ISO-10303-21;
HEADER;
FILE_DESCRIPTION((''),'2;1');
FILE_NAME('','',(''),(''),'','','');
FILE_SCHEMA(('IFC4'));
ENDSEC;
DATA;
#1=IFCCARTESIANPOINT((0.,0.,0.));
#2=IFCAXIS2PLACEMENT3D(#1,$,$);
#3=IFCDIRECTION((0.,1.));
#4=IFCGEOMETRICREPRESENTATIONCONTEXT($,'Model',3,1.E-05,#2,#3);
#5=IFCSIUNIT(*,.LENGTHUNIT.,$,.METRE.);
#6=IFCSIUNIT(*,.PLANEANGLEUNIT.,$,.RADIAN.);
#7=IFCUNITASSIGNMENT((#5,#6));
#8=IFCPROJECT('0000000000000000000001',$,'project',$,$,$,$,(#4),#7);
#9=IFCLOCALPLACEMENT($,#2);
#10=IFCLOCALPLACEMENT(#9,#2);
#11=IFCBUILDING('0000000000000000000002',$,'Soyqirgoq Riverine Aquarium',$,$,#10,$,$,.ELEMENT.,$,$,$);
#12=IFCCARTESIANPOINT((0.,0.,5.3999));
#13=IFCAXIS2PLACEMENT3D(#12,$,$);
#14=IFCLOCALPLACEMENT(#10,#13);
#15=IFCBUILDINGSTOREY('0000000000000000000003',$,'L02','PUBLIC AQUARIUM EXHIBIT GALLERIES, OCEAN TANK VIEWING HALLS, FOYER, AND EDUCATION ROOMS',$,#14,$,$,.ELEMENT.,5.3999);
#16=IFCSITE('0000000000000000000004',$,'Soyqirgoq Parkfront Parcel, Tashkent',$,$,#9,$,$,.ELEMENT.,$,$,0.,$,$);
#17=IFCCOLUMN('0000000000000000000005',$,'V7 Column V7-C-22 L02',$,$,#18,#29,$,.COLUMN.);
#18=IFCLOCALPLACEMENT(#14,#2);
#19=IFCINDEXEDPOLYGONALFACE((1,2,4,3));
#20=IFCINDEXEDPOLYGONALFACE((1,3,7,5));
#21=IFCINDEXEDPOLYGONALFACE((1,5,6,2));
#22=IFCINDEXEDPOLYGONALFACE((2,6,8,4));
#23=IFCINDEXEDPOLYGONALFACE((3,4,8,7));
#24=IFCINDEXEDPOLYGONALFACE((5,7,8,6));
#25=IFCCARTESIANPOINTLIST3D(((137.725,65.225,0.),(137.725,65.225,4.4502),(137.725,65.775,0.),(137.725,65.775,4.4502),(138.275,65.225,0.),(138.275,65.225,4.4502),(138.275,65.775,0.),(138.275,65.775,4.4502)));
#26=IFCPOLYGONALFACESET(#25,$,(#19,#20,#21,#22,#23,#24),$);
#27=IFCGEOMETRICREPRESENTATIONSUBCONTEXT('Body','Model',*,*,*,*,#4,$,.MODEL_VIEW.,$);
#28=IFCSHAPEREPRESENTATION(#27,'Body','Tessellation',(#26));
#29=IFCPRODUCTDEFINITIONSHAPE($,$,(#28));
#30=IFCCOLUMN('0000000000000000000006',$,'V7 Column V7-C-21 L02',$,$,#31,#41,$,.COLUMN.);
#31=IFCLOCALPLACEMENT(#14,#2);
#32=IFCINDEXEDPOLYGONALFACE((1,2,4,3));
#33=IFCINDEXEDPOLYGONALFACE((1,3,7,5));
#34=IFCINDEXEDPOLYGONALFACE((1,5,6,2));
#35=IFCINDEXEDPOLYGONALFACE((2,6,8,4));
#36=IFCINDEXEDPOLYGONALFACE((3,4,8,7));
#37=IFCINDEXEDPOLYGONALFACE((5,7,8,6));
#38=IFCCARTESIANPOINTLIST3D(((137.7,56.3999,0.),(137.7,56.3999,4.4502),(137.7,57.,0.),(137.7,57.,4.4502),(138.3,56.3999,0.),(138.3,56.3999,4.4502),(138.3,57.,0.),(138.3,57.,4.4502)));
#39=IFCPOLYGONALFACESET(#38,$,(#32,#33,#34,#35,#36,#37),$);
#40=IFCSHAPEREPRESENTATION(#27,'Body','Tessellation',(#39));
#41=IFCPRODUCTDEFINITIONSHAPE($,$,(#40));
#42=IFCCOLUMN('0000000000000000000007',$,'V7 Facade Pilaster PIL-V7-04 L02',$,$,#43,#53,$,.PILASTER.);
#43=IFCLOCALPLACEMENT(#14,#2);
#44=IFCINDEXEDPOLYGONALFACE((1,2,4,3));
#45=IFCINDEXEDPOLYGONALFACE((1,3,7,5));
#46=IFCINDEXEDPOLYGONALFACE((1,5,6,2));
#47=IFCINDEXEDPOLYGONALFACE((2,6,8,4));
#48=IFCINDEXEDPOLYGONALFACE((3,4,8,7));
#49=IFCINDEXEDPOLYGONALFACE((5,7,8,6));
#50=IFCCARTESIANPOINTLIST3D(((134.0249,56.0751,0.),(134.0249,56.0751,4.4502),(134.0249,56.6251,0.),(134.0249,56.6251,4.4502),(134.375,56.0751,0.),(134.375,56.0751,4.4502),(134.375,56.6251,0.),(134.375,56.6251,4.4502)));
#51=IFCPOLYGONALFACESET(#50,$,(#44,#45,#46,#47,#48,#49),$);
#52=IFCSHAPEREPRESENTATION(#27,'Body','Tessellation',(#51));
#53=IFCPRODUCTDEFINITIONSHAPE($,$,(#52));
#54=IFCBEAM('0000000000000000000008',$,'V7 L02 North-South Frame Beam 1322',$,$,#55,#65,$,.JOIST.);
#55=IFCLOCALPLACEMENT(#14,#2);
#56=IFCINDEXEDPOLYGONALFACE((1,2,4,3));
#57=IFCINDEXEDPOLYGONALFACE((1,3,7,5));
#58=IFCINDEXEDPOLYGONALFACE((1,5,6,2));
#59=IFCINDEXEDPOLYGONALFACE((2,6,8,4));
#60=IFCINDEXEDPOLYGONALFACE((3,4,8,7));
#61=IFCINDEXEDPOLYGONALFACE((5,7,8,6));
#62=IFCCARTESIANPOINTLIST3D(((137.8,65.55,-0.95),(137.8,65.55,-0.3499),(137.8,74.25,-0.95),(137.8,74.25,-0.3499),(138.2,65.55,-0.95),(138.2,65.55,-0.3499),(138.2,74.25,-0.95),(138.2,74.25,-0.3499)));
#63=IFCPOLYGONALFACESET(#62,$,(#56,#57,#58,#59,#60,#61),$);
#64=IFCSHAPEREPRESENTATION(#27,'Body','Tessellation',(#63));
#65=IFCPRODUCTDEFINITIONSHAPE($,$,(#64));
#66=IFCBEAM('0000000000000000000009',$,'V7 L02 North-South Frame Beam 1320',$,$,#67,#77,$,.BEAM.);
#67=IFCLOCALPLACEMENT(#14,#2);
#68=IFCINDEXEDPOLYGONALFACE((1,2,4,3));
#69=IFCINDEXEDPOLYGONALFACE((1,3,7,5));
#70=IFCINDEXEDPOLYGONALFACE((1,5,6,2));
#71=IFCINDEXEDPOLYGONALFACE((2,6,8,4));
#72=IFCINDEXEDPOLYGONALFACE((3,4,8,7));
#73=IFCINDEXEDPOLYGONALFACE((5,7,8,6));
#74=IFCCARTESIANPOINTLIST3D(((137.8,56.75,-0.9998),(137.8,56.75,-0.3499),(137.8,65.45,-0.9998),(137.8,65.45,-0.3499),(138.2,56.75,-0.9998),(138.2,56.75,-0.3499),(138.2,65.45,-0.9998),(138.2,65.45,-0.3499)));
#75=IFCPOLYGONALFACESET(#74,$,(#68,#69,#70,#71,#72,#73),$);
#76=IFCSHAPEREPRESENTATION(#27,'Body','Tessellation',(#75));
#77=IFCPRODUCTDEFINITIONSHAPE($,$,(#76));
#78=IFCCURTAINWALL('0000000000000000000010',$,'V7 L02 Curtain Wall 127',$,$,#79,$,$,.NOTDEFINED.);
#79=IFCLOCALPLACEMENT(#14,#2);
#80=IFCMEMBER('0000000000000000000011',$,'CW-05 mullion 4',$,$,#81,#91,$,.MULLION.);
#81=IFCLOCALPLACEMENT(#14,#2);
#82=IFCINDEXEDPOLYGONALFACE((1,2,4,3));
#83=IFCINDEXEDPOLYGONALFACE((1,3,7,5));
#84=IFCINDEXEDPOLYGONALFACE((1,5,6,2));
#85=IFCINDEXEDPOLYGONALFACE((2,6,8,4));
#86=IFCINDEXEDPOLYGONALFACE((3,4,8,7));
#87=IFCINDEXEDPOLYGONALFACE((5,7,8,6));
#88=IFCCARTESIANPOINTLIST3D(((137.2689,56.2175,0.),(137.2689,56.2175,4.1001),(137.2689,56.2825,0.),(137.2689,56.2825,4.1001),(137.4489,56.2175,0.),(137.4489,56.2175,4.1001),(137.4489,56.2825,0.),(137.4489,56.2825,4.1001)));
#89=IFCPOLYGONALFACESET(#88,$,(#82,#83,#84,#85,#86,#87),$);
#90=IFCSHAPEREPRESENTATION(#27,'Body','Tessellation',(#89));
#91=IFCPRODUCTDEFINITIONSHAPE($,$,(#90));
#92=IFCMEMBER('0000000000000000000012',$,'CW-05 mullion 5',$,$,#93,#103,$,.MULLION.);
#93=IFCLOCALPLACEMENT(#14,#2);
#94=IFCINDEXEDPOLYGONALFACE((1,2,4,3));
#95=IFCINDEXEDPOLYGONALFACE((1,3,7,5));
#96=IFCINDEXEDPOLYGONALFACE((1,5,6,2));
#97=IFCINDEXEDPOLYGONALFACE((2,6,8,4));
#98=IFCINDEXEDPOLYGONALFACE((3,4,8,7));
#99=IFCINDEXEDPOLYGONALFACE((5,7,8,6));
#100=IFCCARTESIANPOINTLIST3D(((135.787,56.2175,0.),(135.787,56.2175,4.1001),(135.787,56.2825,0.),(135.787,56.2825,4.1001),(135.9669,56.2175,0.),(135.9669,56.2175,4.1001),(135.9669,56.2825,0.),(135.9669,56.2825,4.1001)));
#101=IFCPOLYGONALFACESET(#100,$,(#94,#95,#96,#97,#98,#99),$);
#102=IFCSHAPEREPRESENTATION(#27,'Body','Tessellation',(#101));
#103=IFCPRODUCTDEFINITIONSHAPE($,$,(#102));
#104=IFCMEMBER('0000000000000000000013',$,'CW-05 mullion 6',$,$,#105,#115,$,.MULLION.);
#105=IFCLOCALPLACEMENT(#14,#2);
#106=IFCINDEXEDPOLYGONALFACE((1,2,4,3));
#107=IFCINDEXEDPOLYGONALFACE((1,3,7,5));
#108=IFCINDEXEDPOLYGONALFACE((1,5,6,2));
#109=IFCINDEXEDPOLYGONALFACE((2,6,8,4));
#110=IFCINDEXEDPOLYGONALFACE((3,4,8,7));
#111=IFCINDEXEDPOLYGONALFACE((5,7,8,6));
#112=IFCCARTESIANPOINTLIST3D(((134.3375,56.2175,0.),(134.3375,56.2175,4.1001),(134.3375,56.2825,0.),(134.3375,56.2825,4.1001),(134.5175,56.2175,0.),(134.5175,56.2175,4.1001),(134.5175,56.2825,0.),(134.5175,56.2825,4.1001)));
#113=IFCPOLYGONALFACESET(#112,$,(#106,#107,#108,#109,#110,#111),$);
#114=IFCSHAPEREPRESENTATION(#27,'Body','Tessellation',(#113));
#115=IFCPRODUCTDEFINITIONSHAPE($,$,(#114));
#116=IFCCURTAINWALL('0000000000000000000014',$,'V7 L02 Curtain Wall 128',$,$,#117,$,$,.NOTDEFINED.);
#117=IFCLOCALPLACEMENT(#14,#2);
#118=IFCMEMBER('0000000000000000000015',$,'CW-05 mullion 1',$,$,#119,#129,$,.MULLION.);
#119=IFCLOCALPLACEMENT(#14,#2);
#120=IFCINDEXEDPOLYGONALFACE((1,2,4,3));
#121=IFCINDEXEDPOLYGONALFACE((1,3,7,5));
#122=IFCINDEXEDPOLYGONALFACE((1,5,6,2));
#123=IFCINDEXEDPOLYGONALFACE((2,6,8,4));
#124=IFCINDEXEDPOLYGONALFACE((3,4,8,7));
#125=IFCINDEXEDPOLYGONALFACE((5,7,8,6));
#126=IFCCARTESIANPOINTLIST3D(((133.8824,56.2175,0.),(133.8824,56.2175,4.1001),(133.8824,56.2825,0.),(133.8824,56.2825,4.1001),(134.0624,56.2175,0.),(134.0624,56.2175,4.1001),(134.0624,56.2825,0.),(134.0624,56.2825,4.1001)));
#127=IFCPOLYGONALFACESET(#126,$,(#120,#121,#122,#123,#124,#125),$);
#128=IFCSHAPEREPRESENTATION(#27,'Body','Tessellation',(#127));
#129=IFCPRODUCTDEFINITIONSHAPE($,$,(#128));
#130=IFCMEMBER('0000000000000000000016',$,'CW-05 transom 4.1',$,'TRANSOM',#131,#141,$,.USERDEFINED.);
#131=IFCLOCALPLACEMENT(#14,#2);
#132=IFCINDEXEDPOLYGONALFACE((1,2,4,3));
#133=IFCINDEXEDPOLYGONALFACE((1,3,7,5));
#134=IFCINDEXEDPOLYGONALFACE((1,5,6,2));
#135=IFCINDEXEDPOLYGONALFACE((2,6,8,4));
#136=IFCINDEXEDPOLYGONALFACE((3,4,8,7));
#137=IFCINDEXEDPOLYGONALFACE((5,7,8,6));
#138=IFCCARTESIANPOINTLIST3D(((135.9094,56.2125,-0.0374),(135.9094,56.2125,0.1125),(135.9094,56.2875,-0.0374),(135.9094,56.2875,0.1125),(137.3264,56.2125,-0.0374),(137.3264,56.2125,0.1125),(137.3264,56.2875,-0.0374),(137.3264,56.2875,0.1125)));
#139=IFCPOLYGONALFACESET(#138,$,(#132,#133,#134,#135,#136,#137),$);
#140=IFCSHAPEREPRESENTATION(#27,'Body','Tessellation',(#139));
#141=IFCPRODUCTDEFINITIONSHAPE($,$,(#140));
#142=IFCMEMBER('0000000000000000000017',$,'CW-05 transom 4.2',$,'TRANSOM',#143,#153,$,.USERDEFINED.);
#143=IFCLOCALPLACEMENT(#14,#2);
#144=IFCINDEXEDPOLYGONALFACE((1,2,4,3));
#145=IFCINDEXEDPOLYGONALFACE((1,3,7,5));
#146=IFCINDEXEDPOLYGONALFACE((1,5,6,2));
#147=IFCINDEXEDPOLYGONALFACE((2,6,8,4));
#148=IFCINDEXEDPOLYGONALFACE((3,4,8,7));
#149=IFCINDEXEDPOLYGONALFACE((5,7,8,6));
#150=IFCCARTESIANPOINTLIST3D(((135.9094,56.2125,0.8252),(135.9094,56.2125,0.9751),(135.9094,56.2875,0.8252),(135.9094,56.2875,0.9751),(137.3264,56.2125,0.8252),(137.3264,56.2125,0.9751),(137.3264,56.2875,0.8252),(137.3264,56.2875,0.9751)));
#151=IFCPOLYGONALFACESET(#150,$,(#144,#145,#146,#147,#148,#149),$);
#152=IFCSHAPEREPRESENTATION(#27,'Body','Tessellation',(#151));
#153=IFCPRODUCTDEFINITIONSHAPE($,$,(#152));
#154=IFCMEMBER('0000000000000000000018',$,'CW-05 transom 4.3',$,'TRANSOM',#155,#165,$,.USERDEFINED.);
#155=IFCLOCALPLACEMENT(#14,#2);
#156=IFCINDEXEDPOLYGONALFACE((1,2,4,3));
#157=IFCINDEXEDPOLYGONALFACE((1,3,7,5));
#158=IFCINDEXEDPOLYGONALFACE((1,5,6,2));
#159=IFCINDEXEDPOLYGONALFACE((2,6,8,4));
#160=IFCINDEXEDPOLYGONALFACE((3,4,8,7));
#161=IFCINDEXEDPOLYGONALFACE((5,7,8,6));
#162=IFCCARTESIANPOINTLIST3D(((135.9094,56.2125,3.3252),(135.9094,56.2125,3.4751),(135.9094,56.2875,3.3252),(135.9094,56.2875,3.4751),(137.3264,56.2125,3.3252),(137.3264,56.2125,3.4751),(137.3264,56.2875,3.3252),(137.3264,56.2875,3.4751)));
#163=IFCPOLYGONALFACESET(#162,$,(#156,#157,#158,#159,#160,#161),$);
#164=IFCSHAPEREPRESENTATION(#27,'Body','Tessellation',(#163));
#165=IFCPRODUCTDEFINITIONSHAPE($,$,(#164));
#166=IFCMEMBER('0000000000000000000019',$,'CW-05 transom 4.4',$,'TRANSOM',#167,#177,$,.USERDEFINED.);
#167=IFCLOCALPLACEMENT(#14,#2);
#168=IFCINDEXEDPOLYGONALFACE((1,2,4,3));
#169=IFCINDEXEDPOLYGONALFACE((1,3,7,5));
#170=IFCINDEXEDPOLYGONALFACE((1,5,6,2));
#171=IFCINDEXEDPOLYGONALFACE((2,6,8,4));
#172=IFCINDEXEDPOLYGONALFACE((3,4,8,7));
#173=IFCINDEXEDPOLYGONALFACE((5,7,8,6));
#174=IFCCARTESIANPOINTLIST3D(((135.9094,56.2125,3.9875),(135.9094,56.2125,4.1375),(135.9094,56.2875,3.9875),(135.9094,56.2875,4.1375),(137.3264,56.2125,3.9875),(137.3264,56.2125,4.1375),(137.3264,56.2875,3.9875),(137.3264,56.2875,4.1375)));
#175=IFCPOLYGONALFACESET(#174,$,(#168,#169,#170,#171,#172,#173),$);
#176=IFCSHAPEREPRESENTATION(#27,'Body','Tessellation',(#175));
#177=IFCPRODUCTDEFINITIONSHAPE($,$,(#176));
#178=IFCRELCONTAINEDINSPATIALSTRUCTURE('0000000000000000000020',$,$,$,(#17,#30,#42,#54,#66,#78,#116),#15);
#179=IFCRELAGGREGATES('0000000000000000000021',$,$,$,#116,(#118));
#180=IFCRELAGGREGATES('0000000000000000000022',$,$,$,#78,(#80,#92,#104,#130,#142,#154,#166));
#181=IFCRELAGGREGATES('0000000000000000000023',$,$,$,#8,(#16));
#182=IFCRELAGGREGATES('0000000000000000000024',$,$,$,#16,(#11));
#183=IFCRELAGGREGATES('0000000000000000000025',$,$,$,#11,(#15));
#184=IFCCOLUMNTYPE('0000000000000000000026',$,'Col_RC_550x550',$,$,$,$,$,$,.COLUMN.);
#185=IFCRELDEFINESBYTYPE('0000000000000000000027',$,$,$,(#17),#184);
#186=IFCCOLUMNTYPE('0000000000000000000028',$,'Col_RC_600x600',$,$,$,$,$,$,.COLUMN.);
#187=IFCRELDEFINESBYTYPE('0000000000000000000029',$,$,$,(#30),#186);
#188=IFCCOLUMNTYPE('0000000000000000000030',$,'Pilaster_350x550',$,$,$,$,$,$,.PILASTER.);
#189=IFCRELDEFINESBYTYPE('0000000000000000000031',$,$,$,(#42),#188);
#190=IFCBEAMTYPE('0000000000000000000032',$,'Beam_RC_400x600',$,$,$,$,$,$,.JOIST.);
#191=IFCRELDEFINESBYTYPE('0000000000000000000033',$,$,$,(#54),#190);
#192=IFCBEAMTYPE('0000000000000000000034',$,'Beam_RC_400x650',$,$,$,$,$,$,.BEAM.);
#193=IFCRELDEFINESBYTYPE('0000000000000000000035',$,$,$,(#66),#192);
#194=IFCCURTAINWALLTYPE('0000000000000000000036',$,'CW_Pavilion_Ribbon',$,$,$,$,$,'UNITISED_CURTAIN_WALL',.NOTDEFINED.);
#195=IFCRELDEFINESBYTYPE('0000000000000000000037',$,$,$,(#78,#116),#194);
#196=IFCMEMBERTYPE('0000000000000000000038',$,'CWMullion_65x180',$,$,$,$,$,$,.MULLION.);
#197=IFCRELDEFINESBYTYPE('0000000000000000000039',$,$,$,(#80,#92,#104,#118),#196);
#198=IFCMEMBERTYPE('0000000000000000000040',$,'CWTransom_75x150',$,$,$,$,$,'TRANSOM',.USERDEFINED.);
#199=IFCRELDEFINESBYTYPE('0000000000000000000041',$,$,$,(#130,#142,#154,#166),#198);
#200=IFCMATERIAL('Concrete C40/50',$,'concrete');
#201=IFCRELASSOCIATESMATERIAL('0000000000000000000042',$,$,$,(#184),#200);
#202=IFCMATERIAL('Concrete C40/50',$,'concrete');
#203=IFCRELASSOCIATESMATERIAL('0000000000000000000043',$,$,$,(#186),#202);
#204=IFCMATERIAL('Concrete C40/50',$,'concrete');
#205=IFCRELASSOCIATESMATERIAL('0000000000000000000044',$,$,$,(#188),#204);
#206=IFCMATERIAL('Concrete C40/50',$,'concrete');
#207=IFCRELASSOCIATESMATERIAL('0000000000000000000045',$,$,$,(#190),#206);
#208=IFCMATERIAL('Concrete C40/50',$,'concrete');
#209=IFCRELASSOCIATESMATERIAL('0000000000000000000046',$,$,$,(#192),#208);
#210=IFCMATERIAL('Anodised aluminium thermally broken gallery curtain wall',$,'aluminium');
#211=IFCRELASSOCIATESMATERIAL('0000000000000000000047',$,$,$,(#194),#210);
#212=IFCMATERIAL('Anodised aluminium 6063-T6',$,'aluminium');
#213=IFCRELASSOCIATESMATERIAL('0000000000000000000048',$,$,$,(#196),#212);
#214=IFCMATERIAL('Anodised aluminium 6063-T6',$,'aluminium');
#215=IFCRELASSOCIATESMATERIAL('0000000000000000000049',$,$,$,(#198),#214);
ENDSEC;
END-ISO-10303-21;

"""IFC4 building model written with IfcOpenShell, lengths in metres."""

from ifc_helpers import new_model, si_unit, direction, frame, origin, origin_2d, place, context, subcontext, project, spatial, rectangle, extrude, material, material_profile, profile_set, type_object, element, aggregate, save


model = new_model("IFC4")

# Units and contexts
model_context = context("Model", 3, precision=1e-05, world=origin(), true_north=direction((0.0, 1.0)))
body_context = subcontext(model_context, "Body", "Model", "MODEL_VIEW")
ifc_project = project(units=[si_unit("LENGTHUNIT", "METRE"), si_unit("PLANEANGLEUNIT", "RADIAN")], contexts=[model_context])

# Site, building, storey
site_placement = place(None, origin())
site = spatial("IfcSite", under=ifc_project, at=site_placement, Name="Soyqirgoq Parkfront Parcel, Tashkent", CompositionType="ELEMENT", RefElevation=0.0)
building_placement = place(site_placement, origin())
building = spatial("IfcBuilding", under=site, at=building_placement, Name="Soyqirgoq Riverine Aquarium", CompositionType="ELEMENT")
storey_placement = place(building_placement, frame((0.0, 0.0, 5.3999)))
storey = spatial("IfcBuildingStorey", under=building, at=storey_placement, Name="L02", Description="PUBLIC AQUARIUM EXHIBIT GALLERIES, OCEAN TANK VIEWING HALLS, FOYER, AND EDUCATION ROOMS", CompositionType="ELEMENT", Elevation=5.3999)

# Columns
ifc_material_1 = material(Name="Concrete C40/50", Category="concrete")
ifc_material_profile_1 = material_profile(ifc_material_1, rectangle(XDim=0.55, YDim=0.55, at=origin_2d()), Name="RC 550x550")
ifc_profile_set_1 = profile_set([ifc_material_profile_1], Name="Concrete C40/50")
column_type_1 = type_object("IfcColumnType", Name="Col_RC_550x550", PredefinedType="COLUMN", material=ifc_profile_set_1)
column_1_placement = place(storey_placement, frame((138.0, 65.5, 0.0), z_axis=(0.0, 0.0, 1.0), x_axis=(1.0, 0.0, 0.0)))
element("IfcColumn", 1, at=column_1_placement, inside=storey, type_object=column_type_1, Name="V7 Column V7-C-22 L02", PredefinedType="COLUMN", context=body_context, shape_type="SweptSolid", body=[
    extrude(rectangle(XDim=0.55, YDim=0.55, at=origin_2d()), origin(), (0.0, 0.0, 1.0), 4.4502),
])
ifc_material_2 = material(Name="Concrete C40/50", Category="concrete")
ifc_material_profile_2 = material_profile(ifc_material_2, rectangle(XDim=0.6001, YDim=0.6001, at=origin_2d()), Name="RC 600x600")
ifc_profile_set_2 = profile_set([ifc_material_profile_2], Name="Concrete C40/50")
column_type_2 = type_object("IfcColumnType", Name="Col_RC_600x600", PredefinedType="COLUMN", material=ifc_profile_set_2)
column_2_placement = place(storey_placement, frame((138.0, 56.7, 0.0), z_axis=(0.0, 0.0, 1.0), x_axis=(1.0, 0.0, 0.0)))
element("IfcColumn", 2, at=column_2_placement, inside=storey, type_object=column_type_2, Name="V7 Column V7-C-21 L02", PredefinedType="COLUMN", context=body_context, shape_type="SweptSolid", body=[
    extrude(rectangle(XDim=0.6001, YDim=0.6001, at=origin_2d()), origin(), (0.0, 0.0, 1.0), 4.4502),
])
ifc_material_3 = material(Name="Concrete C40/50", Category="concrete")
ifc_material_profile_3 = material_profile(ifc_material_3, rectangle(XDim=0.3501, YDim=0.55, at=origin_2d()), Name="RC-PIL 350x550")
ifc_profile_set_3 = profile_set([ifc_material_profile_3], Name="Concrete C40/50")
column_type_3 = type_object("IfcColumnType", Name="Pilaster_350x550", PredefinedType="PILASTER", material=ifc_profile_set_3)
column_3_placement = place(storey_placement, frame((134.2, 56.3501, 0.0), z_axis=(0.0, 0.0, 1.0), x_axis=(1.0, 0.0, 0.0)))
element("IfcColumn", 3, at=column_3_placement, inside=storey, type_object=column_type_3, Name="V7 Facade Pilaster PIL-V7-04 L02", PredefinedType="PILASTER", context=body_context, shape_type="SweptSolid", body=[
    extrude(rectangle(XDim=0.3501, YDim=0.55, at=origin_2d()), origin(), (0.0, 0.0, 1.0), 4.4502),
])

# Beams
ifc_material_4 = material(Name="Concrete C40/50", Category="concrete")
ifc_material_profile_4 = material_profile(ifc_material_4, rectangle(XDim=0.3999, YDim=0.6001, at=origin_2d()), Name="RC 400x600")
ifc_profile_set_4 = profile_set([ifc_material_profile_4], Name="Concrete C40/50")
beam_type_1 = type_object("IfcBeamType", Name="Beam_RC_400x600", PredefinedType="JOIST", material=ifc_profile_set_4)
beam_1_placement = place(storey_placement, frame((138.0, 65.55, -0.6499), z_axis=(0.0, 1.0, 0.0), x_axis=(-1.0, 0.0, 0.0)))
element("IfcBeam", 4, at=beam_1_placement, inside=storey, type_object=beam_type_1, Name="V7 L02 North-South Frame Beam 1322", PredefinedType="JOIST", context=body_context, shape_type="SweptSolid", body=[
    extrude(rectangle(XDim=0.3999, YDim=0.6001, at=origin_2d()), origin(), (0.0, 0.0, 1.0), 8.7),
])
ifc_material_5 = material(Name="Concrete C40/50", Category="concrete")
ifc_material_profile_5 = material_profile(ifc_material_5, rectangle(XDim=0.3999, YDim=0.6499, at=origin_2d()), Name="RC 400x650")
ifc_profile_set_5 = profile_set([ifc_material_profile_5], Name="Concrete C40/50")
beam_type_2 = type_object("IfcBeamType", Name="Beam_RC_400x650", PredefinedType="BEAM", material=ifc_profile_set_5)
beam_2_placement = place(storey_placement, frame((138.0, 56.75, -0.6748), z_axis=(0.0, 1.0, 0.0), x_axis=(-1.0, 0.0, 0.0)))
element("IfcBeam", 5, at=beam_2_placement, inside=storey, type_object=beam_type_2, Name="V7 L02 North-South Frame Beam 1320", PredefinedType="BEAM", context=body_context, shape_type="SweptSolid", body=[
    extrude(rectangle(XDim=0.3999, YDim=0.6499, at=origin_2d()), origin(), (0.0, 0.0, 1.0), 8.7),
])

# Curtain wall, members
ifc_material_6 = material(Name="Anodised aluminium thermally broken gallery curtain wall", Category="aluminium")
curtain_wall_type = type_object("IfcCurtainWallType", Name="CW_Pavilion_Ribbon", ElementType="UNITISED_CURTAIN_WALL", PredefinedType="NOTDEFINED", material=ifc_material_6)
curtain_wall_1_placement = place(storey_placement, origin())
curtain_wall_1 = element("IfcCurtainWall", 6, at=curtain_wall_1_placement, inside=storey, type_object=curtain_wall_type, Name="V7 L02 Curtain Wall 127", PredefinedType="NOTDEFINED")
ifc_material_7 = material(Name="Anodised aluminium 6063-T6", Category="aluminium")
ifc_material_profile_6 = material_profile(ifc_material_7, rectangle(XDim=0.0649, YDim=0.1799, at=origin_2d()), Name="ALU-M 65x180")
ifc_profile_set_6 = profile_set([ifc_material_profile_6], Name="Anodised aluminium 6063-T6")
member_type_1 = type_object("IfcMemberType", Name="CWMullion_65x180", PredefinedType="MULLION", material=ifc_profile_set_6)
member_1_placement = place(storey_placement, frame((137.3589, 56.25, 0.0), z_axis=(0.0, 0.0, 1.0), x_axis=(0.0, -1.0, 0.0)))
member_1 = element("IfcMember", 7, at=member_1_placement, type_object=member_type_1, Name="CW-05 mullion 4", PredefinedType="MULLION", context=body_context, shape_type="SweptSolid", body=[
    extrude(rectangle(XDim=0.0649, YDim=0.1799, at=origin_2d()), origin(), (0.0, 0.0, 1.0), 4.1001),
])
member_2_placement = place(storey_placement, frame((135.877, 56.25, 0.0), z_axis=(0.0, 0.0, 1.0), x_axis=(0.0, -1.0, 0.0)))
member_2 = element("IfcMember", 8, at=member_2_placement, type_object=member_type_1, Name="CW-05 mullion 5", PredefinedType="MULLION", context=body_context, shape_type="SweptSolid", body=[
    extrude(rectangle(XDim=0.0649, YDim=0.1799, at=origin_2d()), origin(), (0.0, 0.0, 1.0), 4.1001),
])
member_3_placement = place(storey_placement, frame((134.4275, 56.25, 0.0), z_axis=(0.0, 0.0, 1.0), x_axis=(0.0, -1.0, 0.0)))
member_3 = element("IfcMember", 9, at=member_3_placement, type_object=member_type_1, Name="CW-05 mullion 6", PredefinedType="MULLION", context=body_context, shape_type="SweptSolid", body=[
    extrude(rectangle(XDim=0.0649, YDim=0.1799, at=origin_2d()), origin(), (0.0, 0.0, 1.0), 4.1001),
])

# Curtain wall, member
curtain_wall_2_placement = place(storey_placement, origin())
curtain_wall_2 = element("IfcCurtainWall", 10, at=curtain_wall_2_placement, inside=storey, type_object=curtain_wall_type, Name="V7 L02 Curtain Wall 128", PredefinedType="NOTDEFINED")
member_4_placement = place(storey_placement, frame((133.9724, 56.25, 0.0), z_axis=(0.0, 0.0, 1.0), x_axis=(0.0, -1.0, 0.0)))
member_4 = element("IfcMember", 11, at=member_4_placement, type_object=member_type_1, Name="CW-05 mullion 1", PredefinedType="MULLION", context=body_context, shape_type="SweptSolid", body=[
    extrude(rectangle(XDim=0.0649, YDim=0.1799, at=origin_2d()), origin(), (0.0, 0.0, 1.0), 4.1001),
])
aggregate(curtain_wall_2, [member_4])

# Members
ifc_material_8 = material(Name="Anodised aluminium 6063-T6", Category="aluminium")
ifc_material_profile_7 = material_profile(ifc_material_8, rectangle(XDim=0.075, YDim=0.1499, at=origin_2d()), Name="ALU-T 75x150")
ifc_profile_set_7 = profile_set([ifc_material_profile_7], Name="Anodised aluminium 6063-T6")
member_type_2 = type_object("IfcMemberType", Name="CWTransom_75x150", ElementType="TRANSOM", PredefinedType="USERDEFINED", material=ifc_profile_set_7)
member_5_placement = place(storey_placement, frame((137.3264, 56.25, 0.0376), z_axis=(-1.0, 0.0, 0.0), x_axis=(0.0, -1.0, 0.0)))
member_5 = element("IfcMember", 12, at=member_5_placement, type_object=member_type_2, Name="CW-05 transom 4.1", ObjectType="TRANSOM", PredefinedType="USERDEFINED", context=body_context, shape_type="SweptSolid", body=[
    extrude(rectangle(XDim=0.075, YDim=0.1499, at=origin_2d()), origin(), (0.0, 0.0, 1.0), 1.417),
])
member_6_placement = place(storey_placement, frame((137.3264, 56.25, 0.9001), z_axis=(-1.0, 0.0, 0.0), x_axis=(0.0, -1.0, 0.0)))
member_6 = element("IfcMember", 13, at=member_6_placement, type_object=member_type_2, Name="CW-05 transom 4.2", ObjectType="TRANSOM", PredefinedType="USERDEFINED", context=body_context, shape_type="SweptSolid", body=[
    extrude(rectangle(XDim=0.075, YDim=0.1499, at=origin_2d()), origin(), (0.0, 0.0, 1.0), 1.417),
])
member_7_placement = place(storey_placement, frame((137.3264, 56.25, 3.4001), z_axis=(-1.0, 0.0, 0.0), x_axis=(0.0, -1.0, 0.0)))
member_7 = element("IfcMember", 14, at=member_7_placement, type_object=member_type_2, Name="CW-05 transom 4.3", ObjectType="TRANSOM", PredefinedType="USERDEFINED", context=body_context, shape_type="SweptSolid", body=[
    extrude(rectangle(XDim=0.075, YDim=0.1499, at=origin_2d()), origin(), (0.0, 0.0, 1.0), 1.417),
])
member_8_placement = place(storey_placement, frame((137.3264, 56.25, 4.0625), z_axis=(-1.0, 0.0, 0.0), x_axis=(0.0, -1.0, 0.0)))
member_8 = element("IfcMember", 15, at=member_8_placement, type_object=member_type_2, Name="CW-05 transom 4.4", ObjectType="TRANSOM", PredefinedType="USERDEFINED", context=body_context, shape_type="SweptSolid", body=[
    extrude(rectangle(XDim=0.075, YDim=0.1499, at=origin_2d()), origin(), (0.0, 0.0, 1.0), 1.417),
])

aggregate(curtain_wall_1, [member_1, member_2, member_3, member_5, member_6, member_7, member_8])

save(model, "model.ifc")
